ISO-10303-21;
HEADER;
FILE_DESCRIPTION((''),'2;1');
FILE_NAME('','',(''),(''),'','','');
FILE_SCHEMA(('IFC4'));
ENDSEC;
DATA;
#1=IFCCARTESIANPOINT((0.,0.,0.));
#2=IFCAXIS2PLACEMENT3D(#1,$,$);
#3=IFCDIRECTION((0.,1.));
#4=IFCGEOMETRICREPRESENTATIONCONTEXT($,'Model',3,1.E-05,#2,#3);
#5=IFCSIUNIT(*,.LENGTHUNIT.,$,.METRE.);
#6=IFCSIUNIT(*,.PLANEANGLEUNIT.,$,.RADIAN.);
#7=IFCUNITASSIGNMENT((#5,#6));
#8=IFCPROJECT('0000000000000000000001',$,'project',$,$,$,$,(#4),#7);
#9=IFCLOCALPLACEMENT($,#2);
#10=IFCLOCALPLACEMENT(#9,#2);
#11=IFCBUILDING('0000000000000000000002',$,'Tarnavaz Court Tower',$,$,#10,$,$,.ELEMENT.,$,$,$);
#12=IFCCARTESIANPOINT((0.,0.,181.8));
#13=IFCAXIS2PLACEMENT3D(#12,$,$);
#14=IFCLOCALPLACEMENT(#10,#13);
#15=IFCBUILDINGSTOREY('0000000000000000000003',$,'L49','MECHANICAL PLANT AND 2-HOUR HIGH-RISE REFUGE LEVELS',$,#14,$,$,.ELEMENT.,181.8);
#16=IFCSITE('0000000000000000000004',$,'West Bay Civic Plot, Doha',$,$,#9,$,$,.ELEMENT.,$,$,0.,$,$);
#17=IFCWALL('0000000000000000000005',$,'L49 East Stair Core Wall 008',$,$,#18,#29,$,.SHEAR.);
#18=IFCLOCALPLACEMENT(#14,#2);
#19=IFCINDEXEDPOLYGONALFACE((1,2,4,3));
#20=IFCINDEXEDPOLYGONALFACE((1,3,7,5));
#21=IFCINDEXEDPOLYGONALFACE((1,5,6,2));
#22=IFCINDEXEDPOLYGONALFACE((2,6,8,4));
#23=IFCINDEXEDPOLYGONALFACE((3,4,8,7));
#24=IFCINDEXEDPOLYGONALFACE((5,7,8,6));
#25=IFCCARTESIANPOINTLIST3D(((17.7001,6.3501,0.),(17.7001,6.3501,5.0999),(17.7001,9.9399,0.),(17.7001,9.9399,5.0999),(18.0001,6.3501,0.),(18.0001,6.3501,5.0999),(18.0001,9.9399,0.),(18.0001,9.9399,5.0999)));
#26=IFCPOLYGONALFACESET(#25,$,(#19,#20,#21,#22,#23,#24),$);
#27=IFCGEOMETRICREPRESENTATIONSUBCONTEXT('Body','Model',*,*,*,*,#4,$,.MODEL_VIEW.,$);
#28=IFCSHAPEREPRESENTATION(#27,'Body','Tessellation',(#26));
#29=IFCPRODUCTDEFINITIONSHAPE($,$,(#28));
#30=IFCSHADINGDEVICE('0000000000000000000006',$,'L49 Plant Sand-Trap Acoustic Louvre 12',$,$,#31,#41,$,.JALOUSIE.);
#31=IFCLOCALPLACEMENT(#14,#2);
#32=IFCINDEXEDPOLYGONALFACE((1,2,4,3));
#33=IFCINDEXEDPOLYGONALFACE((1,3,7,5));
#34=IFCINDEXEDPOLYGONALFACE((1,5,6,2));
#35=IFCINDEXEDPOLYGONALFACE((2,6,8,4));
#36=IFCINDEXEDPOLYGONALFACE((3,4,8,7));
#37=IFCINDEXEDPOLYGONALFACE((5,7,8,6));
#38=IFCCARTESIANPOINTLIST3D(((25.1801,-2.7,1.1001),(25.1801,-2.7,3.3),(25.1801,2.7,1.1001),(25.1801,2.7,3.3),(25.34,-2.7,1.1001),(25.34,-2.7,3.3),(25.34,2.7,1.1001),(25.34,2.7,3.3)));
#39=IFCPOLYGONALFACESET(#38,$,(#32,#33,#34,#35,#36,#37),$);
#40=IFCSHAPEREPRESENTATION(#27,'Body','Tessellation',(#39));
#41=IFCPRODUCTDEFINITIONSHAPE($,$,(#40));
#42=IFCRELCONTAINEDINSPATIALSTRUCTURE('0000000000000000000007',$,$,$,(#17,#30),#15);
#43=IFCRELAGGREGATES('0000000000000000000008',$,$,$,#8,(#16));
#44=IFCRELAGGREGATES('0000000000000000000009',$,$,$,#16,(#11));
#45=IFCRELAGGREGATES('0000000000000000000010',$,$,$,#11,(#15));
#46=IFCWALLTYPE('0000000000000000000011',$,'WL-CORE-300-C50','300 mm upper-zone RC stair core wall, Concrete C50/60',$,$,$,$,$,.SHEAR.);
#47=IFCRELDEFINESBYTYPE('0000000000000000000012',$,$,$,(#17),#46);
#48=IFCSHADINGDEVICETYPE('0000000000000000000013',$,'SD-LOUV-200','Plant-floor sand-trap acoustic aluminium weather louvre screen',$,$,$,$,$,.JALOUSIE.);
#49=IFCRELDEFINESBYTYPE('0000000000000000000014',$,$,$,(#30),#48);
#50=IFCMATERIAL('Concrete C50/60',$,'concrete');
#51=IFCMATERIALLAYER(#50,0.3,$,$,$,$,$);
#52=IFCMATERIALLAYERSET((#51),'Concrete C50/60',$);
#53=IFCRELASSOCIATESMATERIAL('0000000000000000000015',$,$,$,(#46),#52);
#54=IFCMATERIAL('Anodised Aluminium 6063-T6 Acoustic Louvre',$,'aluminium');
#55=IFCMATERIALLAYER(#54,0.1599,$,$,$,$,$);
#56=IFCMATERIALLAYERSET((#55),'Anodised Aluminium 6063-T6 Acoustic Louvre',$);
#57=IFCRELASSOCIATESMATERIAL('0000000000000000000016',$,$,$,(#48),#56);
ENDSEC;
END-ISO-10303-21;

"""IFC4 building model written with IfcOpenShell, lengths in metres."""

from ifc_helpers import new_model, si_unit, direction, frame, frame_2d, origin, origin_2d, place, context, subcontext, project, spatial, rectangle, extrude, material, layer, layer_set, type_object, element, save


model = new_model("IFC4")

# Units and contexts
model_context = context("Model", 3, precision=1e-05, world=origin(), true_north=direction((0.0, 1.0)))
body_context = subcontext(model_context, "Body", "Model", "MODEL_VIEW")
ifc_project = project(units=[si_unit("LENGTHUNIT", "METRE"), si_unit("PLANEANGLEUNIT", "RADIAN")], contexts=[model_context])

# Site, building, storey
site_placement = place(None, origin())
site = spatial("IfcSite", under=ifc_project, at=site_placement, Name="West Bay Civic Plot, Doha", CompositionType="ELEMENT", RefElevation=0.0)
building_placement = place(site_placement, origin())
building = spatial("IfcBuilding", under=site, at=building_placement, Name="Tarnavaz Court Tower", CompositionType="ELEMENT")
storey_placement = place(building_placement, frame((0.0, 0.0, 181.8)))
storey = spatial("IfcBuildingStorey", under=building, at=storey_placement, Name="L49", Description="MECHANICAL PLANT AND 2-HOUR HIGH-RISE REFUGE LEVELS", CompositionType="ELEMENT", Elevation=181.8)

# Shared definitions
ifc_material_1 = material(Name="Concrete C50/60", Category="concrete")

# Wall
ifc_layer_1 = layer(ifc_material_1, 0.3)
ifc_layer_set_1 = layer_set([ifc_layer_1], Name="Concrete C50/60")
wall_type_1 = type_object("IfcWallType", Name="WL-CORE-300-C50", Description="300 mm upper-zone RC stair core wall, Concrete C50/60", PredefinedType="SHEAR", material=ifc_layer_set_1)
wall_1_placement = place(storey_placement, frame((17.8501, 6.3501, 0.0), z_axis=(0.0, 0.0, 1.0), x_axis=(0.0, 1.0, 0.0)))
element("IfcWall", 1, at=wall_1_placement, inside=storey, type_object=wall_type_1, Name="L49 East Stair Core Wall 008", PredefinedType="SHEAR", context=body_context, shape_type="SweptSolid", body=[
    extrude(rectangle(XDim=3.5898, YDim=0.3, at=frame_2d((1.7949, 0.0))), origin(), (0.0, 0.0, 1.0), 5.0999),
])

# Shading device
ifc_material_2 = material(Name="Anodised Aluminium 6063-T6 Acoustic Louvre", Category="aluminium")
ifc_layer_2 = layer(ifc_material_2, 0.1599)
ifc_layer_set_2 = layer_set([ifc_layer_2], Name="Anodised Aluminium 6063-T6 Acoustic Louvre")
shading_device_type = type_object("IfcShadingDeviceType", Name="SD-LOUV-200", Description="Plant-floor sand-trap acoustic aluminium weather louvre screen", PredefinedType="JALOUSIE", material=ifc_layer_set_2)
shading_device_placement = place(storey_placement, frame((25.26, 0.0, 1.1001), z_axis=(0.0, 0.0, 1.0), x_axis=(0.0, -1.0, 0.0)))
element("IfcShadingDevice", 2, at=shading_device_placement, inside=storey, type_object=shading_device_type, Name="L49 Plant Sand-Trap Acoustic Louvre 12", PredefinedType="JALOUSIE", context=body_context, shape_type="SweptSolid", body=[
    extrude(rectangle(XDim=5.3999, YDim=0.1599, at=origin_2d()), origin(), (0.0, 0.0, 1.0), 2.2),
])

save(model, "model.ifc")
